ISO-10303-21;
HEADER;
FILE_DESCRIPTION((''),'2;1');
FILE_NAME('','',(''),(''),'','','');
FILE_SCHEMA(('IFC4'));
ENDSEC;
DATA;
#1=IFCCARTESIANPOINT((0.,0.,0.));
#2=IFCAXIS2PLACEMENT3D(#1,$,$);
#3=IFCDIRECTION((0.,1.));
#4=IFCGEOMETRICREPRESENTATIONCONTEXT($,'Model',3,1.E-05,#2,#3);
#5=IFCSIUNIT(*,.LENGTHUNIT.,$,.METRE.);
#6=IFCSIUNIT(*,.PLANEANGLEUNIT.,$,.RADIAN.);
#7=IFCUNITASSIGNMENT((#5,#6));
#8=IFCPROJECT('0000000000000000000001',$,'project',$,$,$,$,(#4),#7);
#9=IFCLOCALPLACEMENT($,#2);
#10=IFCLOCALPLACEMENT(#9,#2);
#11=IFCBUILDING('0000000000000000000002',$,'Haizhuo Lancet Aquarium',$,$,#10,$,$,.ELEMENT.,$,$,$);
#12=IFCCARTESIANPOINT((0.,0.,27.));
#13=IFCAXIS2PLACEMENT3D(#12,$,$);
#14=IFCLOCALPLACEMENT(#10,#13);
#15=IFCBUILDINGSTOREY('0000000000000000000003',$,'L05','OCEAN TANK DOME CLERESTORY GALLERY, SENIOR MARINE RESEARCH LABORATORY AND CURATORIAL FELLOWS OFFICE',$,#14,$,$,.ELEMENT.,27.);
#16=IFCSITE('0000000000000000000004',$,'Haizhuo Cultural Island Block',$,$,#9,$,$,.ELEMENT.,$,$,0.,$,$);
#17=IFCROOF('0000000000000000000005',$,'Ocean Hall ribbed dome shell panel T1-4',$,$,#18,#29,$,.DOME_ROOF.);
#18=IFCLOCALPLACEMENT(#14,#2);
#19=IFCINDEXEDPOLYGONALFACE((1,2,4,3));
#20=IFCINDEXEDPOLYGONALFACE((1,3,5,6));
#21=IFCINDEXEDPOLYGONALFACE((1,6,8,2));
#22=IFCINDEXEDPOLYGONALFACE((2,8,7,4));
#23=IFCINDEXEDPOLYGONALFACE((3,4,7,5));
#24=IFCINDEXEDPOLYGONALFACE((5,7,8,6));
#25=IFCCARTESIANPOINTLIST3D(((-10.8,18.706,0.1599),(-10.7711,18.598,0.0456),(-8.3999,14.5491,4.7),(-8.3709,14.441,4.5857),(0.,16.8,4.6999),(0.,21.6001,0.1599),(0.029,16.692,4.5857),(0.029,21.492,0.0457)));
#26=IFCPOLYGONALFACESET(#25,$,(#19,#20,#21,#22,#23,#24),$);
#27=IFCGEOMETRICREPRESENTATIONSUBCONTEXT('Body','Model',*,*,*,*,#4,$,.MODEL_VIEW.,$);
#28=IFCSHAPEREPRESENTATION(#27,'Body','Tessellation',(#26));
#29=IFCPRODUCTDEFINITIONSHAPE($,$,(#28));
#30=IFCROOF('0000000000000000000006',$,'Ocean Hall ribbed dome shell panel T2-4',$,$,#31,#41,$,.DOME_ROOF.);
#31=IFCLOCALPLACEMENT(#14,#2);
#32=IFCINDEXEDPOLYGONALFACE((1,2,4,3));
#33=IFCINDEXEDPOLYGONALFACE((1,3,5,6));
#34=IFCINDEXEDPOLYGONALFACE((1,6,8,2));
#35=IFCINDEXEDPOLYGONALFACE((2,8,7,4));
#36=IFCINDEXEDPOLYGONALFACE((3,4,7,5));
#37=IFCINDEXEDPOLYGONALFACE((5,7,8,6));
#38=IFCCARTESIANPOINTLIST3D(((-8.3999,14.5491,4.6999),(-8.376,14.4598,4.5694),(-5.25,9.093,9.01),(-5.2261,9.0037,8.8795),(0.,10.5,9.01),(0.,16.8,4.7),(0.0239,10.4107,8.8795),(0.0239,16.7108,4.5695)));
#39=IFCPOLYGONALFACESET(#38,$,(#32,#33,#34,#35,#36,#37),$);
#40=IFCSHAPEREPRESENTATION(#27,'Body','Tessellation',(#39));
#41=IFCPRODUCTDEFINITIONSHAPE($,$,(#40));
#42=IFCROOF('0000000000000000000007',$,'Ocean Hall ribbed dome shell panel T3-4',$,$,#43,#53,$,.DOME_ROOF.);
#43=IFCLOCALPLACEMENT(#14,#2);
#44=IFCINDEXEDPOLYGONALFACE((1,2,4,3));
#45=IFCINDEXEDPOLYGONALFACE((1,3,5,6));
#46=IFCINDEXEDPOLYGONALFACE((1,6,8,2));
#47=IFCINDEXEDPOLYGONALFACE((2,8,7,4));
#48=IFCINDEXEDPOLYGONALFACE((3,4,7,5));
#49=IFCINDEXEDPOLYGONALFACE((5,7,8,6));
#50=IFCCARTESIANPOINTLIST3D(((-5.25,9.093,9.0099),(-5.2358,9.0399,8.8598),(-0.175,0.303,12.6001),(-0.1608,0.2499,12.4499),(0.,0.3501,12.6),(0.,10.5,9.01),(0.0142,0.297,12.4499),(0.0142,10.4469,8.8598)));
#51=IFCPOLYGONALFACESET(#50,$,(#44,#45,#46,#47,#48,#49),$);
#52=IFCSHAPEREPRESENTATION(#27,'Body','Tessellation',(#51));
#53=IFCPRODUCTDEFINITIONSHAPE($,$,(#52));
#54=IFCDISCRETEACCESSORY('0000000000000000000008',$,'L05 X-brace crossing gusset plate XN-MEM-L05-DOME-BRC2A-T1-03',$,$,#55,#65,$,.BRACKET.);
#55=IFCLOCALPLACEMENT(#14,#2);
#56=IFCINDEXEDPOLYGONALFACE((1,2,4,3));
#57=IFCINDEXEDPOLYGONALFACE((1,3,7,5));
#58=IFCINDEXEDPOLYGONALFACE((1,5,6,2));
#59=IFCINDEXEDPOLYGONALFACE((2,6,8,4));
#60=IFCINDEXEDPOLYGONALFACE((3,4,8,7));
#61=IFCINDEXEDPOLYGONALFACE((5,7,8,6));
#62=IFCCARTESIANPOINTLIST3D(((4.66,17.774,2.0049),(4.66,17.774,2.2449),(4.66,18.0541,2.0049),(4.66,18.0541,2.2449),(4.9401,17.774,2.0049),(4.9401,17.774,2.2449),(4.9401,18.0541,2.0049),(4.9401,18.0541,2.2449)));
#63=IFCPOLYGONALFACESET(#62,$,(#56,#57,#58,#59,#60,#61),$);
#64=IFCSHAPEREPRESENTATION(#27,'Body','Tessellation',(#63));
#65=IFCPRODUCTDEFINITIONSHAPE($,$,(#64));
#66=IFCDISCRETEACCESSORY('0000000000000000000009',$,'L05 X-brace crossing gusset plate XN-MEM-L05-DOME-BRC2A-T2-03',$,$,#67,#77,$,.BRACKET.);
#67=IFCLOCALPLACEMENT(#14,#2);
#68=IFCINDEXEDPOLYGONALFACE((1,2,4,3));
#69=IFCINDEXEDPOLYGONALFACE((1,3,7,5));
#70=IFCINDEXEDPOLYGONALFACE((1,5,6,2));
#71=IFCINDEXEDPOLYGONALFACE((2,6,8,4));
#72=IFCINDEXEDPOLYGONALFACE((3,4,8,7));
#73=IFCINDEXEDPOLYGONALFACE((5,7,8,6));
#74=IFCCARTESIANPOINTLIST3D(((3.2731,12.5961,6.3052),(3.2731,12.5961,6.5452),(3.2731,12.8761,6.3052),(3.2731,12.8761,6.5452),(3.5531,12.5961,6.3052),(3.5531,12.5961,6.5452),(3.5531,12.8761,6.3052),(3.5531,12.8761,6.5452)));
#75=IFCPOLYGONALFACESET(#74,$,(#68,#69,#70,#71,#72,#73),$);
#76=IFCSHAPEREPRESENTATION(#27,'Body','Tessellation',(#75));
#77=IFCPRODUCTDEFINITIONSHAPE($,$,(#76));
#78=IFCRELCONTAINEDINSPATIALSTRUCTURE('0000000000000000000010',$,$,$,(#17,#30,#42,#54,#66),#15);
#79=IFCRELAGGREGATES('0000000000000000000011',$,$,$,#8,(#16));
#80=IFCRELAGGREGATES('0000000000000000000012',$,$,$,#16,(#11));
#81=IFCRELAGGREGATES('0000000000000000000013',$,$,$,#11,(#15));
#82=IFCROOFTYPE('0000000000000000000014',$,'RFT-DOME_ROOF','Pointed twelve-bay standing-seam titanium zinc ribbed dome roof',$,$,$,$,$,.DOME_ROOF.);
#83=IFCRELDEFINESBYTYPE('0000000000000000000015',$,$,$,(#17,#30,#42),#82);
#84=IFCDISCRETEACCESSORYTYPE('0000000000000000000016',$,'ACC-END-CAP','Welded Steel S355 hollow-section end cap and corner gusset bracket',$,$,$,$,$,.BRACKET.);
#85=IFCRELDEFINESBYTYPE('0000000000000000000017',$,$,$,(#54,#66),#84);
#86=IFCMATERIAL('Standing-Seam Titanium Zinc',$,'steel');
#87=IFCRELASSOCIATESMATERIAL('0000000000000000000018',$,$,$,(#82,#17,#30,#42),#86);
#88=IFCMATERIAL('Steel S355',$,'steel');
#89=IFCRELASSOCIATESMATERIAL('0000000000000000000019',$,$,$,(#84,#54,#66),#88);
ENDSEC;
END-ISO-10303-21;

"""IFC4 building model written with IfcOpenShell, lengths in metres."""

from ifc_helpers import new_model, si_unit, direction, frame, origin, origin_2d, place, context, subcontext, project, spatial, polyline, rectangle, outline, extrude, material, type_object, element, save


model = new_model("IFC4")

# Units and contexts
model_context = context("Model", 3, precision=1e-05, world=origin(), true_north=direction((0.0, 1.0)))
body_context = subcontext(model_context, "Body", "Model", "MODEL_VIEW")
ifc_project = project(units=[si_unit("LENGTHUNIT", "METRE"), si_unit("PLANEANGLEUNIT", "RADIAN")], contexts=[model_context])

# Site, building, storey
site_placement = place(None, origin())
site = spatial("IfcSite", under=ifc_project, at=site_placement, Name="Haizhuo Cultural Island Block", CompositionType="ELEMENT", RefElevation=0.0)
building_placement = place(site_placement, origin())
building = spatial("IfcBuilding", under=site, at=building_placement, Name="Haizhuo Lancet Aquarium", CompositionType="ELEMENT")
storey_placement = place(building_placement, frame((0.0, 0.0, 27.0)))
storey = spatial("IfcBuildingStorey", under=building, at=storey_placement, Name="L05", Description="OCEAN TANK DOME CLERESTORY GALLERY, SENIOR MARINE RESEARCH LABORATORY AND CURATORIAL FELLOWS OFFICE", CompositionType="ELEMENT", Elevation=27.0)

# Shared definitions
ifc_material_1 = material(Name="Steel S355", Category="steel")

# Roofs
ifc_material_2 = material(Name="Standing-Seam Titanium Zinc", Category="steel")
roof_type = type_object("IfcRoofType", Name="RFT-DOME_ROOF", Description="Pointed twelve-bay standing-seam titanium zinc ribbed dome roof", PredefinedType="DOME_ROOF", material=ifc_material_2)
roof_1_placement = place(storey_placement, frame((0.0, 21.6001, 0.1599), z_axis=(-0.181092, 0.675791, 0.714501), x_axis=(-0.965921, -0.258836, -0.000002)))
element("IfcRoof", 1, at=roof_1_placement, inside=storey, type_object=roof_type, material=ifc_material_2, Name="Ocean Hall ribbed dome shell panel T1-4", PredefinedType="DOME_ROOF", context=body_context, shape_type="SweptSolid", body=[
    extrude(outline(polyline([(0.0, 0.0), (11.1811, 0.0), (9.9387, 6.4892), (1.2424, 6.4891), (0.0, 0.0)])), origin(), (0.0, 0.0, -1.0), 0.1599),
])
roof_2_placement = place(storey_placement, frame((0.0, 16.8, 4.7), z_axis=(-0.14961, 0.55828, 0.816051), x_axis=(-0.965919, -0.258846, -0.000003)))
element("IfcRoof", 2, at=roof_2_placement, inside=storey, type_object=roof_type, material=ifc_material_2, Name="Ocean Hall ribbed dome shell panel T2-4", PredefinedType="DOME_ROOF", context=body_context, shape_type="SweptSolid", body=[
    extrude(outline(polyline([(0.0, 0.0), (8.6963, 0.0), (7.066, 7.4572), (1.6307, 7.4571), (0.0, 0.0)])), origin(), (0.0, 0.0, -1.0), 0.1599),
])
roof_3_placement = place(storey_placement, frame((0.0, 10.5, 9.01), z_axis=(-0.089023, 0.332132, 0.939023), x_axis=(-0.965913, -0.258866, -0.000011)))
element("IfcRoof", 3, at=roof_3_placement, inside=storey, type_object=roof_type, material=ifc_material_2, Name="Ocean Hall ribbed dome shell panel T3-4", PredefinedType="DOME_ROOF", context=body_context, shape_type="SweptSolid", body=[
    extrude(outline(polyline([(0.0, 0.0), (5.4353, 0.0), (2.8087, 10.4408), (2.6274, 10.4406), (0.0, 0.0)])), origin(), (0.0, 0.0, -1.0), 0.1599),
])

# Discrete accessories
discrete_accessory_type = type_object("IfcDiscreteAccessoryType", Name="ACC-END-CAP", Description="Welded Steel S355 hollow-section end cap and corner gusset bracket", PredefinedType="BRACKET", material=ifc_material_1)
for number, where, z_axis, x_axis, name in (
    (4, (4.8, 17.9141, 2.0049), (0.0, 0.0, 1.0), (1.0, 0.0, 0.0), "L05 X-brace crossing gusset plate XN-MEM-L05-DOME-BRC2A-T1-03"),
    (5, (3.4131, 12.7361, 6.3052), (0.0, 0.0, 1.0), (1.0, 0.0, 0.0), "L05 X-brace crossing gusset plate XN-MEM-L05-DOME-BRC2A-T2-03"),
):
    element("IfcDiscreteAccessory", number, at=place(storey_placement, frame(where, z_axis=z_axis, x_axis=x_axis)), inside=storey, type_object=discrete_accessory_type, material=ifc_material_1, Name=name, PredefinedType="BRACKET", context=body_context, shape_type="SweptSolid", body=[
        extrude(rectangle(XDim=0.28, YDim=0.28, at=origin_2d()), origin(), (0.0, 0.0, 1.0), 0.24),
    ])

save(model, "model.ifc")
